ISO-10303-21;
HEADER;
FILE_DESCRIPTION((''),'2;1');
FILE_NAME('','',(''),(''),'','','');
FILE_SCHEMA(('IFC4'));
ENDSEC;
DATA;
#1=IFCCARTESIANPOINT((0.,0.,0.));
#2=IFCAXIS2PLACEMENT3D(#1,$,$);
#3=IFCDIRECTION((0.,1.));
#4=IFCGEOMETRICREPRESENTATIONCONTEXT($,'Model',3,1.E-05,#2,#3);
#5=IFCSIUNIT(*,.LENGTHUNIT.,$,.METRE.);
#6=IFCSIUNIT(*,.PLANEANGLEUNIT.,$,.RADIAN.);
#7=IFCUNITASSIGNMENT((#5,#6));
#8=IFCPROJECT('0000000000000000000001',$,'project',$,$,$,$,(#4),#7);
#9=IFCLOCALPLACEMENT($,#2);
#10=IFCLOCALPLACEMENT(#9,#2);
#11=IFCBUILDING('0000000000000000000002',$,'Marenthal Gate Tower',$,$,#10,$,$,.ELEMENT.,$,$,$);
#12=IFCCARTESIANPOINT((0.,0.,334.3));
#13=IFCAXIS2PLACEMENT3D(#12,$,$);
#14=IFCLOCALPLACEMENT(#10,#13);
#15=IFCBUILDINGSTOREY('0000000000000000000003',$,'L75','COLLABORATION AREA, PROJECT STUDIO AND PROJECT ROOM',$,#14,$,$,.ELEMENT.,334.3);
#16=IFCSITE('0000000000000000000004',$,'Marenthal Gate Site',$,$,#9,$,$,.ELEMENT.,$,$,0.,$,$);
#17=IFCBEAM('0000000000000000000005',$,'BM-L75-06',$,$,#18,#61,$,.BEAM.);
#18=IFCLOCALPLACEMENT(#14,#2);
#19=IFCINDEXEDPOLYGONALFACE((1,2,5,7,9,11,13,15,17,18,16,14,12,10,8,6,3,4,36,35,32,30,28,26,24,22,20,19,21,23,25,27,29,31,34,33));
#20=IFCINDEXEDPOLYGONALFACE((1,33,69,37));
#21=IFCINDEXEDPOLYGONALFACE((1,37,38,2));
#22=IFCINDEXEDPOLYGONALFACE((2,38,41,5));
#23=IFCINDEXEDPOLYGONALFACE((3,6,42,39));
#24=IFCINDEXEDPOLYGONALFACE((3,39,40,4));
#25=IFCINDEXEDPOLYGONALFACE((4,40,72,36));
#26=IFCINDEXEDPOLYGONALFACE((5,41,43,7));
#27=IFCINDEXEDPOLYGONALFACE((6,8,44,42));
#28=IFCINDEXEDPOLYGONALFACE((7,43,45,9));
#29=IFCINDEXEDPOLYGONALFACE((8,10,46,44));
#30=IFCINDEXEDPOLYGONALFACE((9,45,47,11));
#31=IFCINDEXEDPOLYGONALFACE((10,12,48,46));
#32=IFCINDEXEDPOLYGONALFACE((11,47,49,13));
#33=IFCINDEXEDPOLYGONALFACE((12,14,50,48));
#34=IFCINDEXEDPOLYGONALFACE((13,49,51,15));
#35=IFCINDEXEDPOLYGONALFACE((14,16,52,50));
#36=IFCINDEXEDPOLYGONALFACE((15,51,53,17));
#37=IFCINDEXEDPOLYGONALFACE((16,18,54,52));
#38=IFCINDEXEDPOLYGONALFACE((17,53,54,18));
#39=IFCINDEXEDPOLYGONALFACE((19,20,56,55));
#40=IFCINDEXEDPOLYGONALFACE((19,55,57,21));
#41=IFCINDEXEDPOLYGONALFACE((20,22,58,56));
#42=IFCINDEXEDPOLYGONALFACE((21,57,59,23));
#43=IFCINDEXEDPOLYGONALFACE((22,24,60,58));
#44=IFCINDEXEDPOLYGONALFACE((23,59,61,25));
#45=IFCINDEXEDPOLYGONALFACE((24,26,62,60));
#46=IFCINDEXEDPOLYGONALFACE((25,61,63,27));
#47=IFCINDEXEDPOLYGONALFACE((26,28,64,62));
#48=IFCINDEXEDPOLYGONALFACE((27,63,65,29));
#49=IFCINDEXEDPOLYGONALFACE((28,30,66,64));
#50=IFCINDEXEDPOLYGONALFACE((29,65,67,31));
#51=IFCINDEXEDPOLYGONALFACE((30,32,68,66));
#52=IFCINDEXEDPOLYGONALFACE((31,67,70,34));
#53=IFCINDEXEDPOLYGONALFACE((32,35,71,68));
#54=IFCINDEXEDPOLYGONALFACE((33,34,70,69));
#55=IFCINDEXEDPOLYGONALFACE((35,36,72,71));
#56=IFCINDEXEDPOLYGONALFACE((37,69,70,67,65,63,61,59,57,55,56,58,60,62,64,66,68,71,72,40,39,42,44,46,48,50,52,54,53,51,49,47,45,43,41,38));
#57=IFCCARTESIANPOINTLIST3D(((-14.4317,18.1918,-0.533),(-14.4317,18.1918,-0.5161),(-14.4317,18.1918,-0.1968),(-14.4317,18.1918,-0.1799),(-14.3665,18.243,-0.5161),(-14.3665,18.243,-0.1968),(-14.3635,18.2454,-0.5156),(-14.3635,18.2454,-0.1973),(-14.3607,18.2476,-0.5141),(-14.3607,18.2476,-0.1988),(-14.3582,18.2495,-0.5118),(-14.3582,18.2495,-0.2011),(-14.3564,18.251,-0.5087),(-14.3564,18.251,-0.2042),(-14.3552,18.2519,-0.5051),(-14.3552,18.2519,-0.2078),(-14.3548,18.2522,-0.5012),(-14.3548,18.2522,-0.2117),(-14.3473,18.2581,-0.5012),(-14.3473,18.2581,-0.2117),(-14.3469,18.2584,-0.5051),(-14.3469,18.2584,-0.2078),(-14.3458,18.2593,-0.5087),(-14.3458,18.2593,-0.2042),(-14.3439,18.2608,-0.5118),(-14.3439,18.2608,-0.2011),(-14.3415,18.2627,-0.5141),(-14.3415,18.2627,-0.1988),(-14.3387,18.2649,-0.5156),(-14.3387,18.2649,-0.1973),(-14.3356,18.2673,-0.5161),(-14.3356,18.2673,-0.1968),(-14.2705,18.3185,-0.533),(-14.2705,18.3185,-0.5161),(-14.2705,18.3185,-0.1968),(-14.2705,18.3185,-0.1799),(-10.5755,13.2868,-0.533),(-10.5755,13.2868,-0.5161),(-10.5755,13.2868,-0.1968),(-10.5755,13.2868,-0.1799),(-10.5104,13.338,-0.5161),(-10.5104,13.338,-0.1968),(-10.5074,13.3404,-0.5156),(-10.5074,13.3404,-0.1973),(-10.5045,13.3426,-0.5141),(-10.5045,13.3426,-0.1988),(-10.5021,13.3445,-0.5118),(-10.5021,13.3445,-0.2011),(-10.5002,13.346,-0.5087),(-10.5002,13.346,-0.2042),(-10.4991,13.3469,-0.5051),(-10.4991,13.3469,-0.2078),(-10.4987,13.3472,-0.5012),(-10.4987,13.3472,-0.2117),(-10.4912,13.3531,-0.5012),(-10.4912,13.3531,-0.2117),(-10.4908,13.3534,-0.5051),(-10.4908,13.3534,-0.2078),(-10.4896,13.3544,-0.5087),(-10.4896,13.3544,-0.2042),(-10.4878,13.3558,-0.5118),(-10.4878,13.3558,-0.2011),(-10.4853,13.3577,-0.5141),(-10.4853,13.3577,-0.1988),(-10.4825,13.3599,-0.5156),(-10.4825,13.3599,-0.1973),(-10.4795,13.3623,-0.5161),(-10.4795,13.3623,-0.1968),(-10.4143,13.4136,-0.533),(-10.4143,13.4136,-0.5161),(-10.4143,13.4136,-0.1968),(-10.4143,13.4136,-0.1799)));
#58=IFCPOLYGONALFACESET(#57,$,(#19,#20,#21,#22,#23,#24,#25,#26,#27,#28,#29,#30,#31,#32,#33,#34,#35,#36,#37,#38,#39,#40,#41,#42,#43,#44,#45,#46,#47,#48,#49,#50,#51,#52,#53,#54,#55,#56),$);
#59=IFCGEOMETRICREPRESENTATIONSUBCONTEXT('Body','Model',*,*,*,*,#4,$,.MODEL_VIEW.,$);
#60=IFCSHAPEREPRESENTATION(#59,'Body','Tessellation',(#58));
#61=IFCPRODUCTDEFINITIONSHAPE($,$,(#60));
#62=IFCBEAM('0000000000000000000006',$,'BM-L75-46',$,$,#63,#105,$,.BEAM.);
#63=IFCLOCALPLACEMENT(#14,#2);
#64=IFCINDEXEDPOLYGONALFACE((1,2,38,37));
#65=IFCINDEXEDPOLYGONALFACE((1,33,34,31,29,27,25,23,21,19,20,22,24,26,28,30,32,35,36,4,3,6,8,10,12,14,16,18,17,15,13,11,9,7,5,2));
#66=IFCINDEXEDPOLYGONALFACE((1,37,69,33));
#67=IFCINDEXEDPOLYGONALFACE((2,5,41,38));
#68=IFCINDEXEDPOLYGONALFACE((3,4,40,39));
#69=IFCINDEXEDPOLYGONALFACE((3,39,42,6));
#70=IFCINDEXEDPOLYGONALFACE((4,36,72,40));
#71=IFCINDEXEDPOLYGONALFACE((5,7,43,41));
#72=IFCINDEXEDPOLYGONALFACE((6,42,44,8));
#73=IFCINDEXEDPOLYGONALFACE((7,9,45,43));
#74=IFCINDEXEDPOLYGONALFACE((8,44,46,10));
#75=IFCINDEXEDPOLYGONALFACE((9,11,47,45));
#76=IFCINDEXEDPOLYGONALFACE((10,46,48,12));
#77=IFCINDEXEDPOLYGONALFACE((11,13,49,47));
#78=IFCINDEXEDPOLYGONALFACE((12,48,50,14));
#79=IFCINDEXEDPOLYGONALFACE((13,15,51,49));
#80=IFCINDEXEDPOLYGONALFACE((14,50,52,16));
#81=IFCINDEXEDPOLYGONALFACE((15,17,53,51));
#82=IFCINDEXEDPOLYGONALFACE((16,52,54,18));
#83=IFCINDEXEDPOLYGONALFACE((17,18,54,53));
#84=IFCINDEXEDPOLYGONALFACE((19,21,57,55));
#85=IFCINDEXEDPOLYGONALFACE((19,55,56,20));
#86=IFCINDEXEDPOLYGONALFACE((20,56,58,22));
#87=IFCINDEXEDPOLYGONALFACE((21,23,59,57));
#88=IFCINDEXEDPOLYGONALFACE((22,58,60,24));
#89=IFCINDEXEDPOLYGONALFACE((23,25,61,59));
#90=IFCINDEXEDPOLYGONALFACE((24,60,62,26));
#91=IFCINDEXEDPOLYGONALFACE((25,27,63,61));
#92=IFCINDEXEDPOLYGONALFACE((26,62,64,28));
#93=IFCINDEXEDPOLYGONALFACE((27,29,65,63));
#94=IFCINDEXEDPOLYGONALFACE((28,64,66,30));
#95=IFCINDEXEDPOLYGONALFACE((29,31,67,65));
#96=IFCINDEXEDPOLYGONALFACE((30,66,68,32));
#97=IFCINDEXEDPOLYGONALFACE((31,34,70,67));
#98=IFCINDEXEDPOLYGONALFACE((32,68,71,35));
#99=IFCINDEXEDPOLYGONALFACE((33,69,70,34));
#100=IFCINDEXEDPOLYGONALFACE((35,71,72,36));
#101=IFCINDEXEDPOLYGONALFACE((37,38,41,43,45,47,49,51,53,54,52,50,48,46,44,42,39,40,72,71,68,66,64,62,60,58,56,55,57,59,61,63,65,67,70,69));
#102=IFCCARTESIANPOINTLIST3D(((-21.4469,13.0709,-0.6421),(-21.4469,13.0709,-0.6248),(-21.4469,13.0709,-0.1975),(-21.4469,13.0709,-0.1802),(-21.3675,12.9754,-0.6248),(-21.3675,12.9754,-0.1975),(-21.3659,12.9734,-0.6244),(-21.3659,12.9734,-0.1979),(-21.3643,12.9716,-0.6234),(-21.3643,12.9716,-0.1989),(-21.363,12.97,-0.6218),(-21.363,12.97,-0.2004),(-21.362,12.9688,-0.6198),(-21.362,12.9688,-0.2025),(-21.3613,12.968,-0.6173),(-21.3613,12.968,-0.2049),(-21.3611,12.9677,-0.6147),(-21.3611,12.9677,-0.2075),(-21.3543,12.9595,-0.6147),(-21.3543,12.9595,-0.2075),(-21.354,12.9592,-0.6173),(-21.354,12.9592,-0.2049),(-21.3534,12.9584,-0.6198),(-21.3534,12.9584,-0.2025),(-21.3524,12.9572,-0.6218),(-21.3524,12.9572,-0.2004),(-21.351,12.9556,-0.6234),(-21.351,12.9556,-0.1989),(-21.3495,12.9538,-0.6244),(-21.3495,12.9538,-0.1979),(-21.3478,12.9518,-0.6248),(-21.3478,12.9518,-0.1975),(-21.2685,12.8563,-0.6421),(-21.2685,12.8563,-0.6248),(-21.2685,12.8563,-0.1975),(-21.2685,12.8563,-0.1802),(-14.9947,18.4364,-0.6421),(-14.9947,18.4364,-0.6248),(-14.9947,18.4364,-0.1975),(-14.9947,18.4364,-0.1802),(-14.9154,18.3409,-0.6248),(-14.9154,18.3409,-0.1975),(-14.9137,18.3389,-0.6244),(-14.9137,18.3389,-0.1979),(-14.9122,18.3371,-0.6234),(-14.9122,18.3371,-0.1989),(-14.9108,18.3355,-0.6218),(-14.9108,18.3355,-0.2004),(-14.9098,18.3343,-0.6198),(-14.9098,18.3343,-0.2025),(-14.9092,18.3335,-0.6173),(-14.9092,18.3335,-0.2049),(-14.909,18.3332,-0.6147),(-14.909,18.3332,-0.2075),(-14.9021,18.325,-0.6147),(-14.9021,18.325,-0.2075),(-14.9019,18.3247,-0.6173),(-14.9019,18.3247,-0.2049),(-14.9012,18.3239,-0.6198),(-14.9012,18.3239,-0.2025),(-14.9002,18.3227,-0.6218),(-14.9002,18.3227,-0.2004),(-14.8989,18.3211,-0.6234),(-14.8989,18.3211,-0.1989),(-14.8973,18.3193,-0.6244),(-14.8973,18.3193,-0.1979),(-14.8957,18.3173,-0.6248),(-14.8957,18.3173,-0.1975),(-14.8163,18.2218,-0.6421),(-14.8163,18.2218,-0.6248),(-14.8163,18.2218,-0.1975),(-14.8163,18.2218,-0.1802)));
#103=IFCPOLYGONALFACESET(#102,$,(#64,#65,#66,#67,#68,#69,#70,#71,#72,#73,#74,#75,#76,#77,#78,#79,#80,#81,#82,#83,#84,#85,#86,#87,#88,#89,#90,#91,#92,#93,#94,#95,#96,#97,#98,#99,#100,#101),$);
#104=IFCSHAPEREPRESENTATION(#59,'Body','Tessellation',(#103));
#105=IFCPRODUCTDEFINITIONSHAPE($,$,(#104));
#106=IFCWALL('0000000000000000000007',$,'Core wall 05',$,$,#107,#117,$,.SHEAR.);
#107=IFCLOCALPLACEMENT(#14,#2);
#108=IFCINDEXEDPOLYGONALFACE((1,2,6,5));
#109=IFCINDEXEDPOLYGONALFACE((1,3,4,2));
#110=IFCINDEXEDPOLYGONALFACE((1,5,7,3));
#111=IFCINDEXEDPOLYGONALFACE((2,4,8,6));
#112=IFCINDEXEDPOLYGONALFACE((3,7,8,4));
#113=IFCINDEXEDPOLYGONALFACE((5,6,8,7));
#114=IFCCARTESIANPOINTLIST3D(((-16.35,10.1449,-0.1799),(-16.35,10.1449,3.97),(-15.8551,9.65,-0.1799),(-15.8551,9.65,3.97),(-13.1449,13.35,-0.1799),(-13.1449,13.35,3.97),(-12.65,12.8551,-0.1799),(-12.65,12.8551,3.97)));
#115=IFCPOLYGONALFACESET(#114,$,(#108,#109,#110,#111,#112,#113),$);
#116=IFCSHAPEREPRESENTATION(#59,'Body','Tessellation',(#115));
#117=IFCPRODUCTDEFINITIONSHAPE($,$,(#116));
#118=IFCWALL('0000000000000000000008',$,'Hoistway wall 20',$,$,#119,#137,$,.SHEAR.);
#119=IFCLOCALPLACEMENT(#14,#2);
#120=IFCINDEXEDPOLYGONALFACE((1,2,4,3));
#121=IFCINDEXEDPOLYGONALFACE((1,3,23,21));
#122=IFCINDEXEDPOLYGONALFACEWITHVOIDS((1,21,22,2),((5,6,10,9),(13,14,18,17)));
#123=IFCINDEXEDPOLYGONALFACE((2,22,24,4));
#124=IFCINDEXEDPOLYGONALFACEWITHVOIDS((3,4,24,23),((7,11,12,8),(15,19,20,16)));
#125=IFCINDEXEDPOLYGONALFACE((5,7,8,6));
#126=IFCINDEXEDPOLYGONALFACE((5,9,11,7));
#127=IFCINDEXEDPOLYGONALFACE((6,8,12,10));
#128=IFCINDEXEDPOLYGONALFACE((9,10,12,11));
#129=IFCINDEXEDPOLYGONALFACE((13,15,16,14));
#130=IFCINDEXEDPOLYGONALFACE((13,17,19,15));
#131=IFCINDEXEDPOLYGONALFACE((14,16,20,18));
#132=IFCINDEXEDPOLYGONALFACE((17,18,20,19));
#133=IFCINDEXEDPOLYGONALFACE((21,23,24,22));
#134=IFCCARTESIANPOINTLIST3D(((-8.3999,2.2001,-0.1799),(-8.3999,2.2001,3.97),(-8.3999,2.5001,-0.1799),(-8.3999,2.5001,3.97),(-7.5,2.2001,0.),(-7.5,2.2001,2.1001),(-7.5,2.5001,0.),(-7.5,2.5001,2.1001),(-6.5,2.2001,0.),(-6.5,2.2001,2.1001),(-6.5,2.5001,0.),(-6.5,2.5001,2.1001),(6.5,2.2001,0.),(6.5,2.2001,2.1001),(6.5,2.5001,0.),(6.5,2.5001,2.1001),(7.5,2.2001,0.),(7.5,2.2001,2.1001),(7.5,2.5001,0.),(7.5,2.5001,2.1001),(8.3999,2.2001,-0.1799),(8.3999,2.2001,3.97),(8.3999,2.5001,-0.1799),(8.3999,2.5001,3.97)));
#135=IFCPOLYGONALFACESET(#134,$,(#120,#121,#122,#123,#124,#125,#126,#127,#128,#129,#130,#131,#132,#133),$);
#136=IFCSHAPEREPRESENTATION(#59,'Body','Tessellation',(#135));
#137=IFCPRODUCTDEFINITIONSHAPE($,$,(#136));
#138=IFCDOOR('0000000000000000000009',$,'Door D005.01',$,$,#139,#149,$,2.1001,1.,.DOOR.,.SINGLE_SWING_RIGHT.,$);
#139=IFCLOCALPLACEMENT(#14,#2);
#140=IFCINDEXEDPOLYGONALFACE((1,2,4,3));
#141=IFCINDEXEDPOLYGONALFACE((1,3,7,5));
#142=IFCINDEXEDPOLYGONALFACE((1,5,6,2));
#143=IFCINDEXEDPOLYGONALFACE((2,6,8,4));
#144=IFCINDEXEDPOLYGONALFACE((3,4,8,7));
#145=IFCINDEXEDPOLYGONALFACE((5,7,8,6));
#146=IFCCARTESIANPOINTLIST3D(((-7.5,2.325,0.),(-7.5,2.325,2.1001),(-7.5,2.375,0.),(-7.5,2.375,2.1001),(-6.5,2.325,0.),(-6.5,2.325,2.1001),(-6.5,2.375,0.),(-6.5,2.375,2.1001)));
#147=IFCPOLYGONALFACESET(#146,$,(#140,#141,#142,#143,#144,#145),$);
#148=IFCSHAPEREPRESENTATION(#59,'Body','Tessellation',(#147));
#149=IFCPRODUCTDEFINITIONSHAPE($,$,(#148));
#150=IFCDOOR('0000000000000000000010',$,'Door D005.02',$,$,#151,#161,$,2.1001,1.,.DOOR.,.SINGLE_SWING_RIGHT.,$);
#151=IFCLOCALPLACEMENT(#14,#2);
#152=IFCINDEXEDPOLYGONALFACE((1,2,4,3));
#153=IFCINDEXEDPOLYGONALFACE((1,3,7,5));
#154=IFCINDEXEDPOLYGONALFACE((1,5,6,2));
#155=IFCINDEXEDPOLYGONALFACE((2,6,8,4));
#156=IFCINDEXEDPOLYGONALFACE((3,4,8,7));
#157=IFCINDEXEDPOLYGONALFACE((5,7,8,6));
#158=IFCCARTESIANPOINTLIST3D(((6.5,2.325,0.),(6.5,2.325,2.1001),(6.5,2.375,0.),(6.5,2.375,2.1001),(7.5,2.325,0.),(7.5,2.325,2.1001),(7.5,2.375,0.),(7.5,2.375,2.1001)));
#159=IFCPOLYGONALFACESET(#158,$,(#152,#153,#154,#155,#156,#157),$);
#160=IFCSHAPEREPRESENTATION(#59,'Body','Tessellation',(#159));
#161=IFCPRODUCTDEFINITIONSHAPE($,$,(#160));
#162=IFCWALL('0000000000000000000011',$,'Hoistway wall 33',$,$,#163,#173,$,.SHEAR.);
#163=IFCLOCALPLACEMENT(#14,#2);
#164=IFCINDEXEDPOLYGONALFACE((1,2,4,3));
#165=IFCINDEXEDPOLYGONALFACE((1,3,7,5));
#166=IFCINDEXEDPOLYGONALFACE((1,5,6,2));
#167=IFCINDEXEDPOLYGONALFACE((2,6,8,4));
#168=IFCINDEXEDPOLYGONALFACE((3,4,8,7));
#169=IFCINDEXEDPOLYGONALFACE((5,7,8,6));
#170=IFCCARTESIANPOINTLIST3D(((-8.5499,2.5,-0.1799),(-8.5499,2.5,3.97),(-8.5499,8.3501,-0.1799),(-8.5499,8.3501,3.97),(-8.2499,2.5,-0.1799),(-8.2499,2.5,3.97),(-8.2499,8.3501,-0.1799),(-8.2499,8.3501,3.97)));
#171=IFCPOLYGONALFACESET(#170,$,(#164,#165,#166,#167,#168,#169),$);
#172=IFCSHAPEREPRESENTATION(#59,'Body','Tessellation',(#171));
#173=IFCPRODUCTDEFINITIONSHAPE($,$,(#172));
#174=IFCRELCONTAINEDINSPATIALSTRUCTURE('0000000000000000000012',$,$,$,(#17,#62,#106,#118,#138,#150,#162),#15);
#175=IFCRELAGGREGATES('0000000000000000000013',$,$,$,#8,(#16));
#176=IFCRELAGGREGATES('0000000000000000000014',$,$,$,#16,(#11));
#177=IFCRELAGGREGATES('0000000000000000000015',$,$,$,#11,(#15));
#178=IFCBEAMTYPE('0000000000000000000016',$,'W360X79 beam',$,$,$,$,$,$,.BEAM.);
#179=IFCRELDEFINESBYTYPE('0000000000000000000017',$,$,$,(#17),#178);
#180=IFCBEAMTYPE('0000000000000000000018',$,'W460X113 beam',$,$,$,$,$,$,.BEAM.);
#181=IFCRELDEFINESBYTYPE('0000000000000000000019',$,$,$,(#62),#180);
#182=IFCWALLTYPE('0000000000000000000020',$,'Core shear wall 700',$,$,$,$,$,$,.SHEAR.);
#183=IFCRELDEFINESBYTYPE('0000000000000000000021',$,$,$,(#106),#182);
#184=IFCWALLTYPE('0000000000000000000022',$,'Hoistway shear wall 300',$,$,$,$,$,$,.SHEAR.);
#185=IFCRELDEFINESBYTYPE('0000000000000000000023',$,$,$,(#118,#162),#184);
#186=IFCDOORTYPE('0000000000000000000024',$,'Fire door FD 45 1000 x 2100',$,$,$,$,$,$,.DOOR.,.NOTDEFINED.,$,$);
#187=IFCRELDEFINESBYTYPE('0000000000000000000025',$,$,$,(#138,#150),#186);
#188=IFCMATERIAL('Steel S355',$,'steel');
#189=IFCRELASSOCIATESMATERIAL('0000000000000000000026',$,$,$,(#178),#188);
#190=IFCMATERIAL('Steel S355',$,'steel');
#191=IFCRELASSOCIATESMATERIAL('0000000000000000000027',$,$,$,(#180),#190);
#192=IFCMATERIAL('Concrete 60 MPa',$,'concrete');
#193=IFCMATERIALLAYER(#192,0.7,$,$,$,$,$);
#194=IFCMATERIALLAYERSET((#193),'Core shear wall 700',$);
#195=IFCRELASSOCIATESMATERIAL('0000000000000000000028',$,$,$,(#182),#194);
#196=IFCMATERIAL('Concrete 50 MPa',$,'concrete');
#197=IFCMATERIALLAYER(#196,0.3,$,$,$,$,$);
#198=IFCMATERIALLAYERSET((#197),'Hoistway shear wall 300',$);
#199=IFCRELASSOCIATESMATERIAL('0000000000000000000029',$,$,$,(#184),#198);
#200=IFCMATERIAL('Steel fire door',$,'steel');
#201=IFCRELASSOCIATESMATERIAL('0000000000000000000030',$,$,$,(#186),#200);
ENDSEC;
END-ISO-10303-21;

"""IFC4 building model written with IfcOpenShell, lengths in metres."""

from ifc_helpers import new_model, si_unit, direction, frame, frame_2d, origin, origin_2d, place, context, subcontext, project, spatial, rectangle, i_section, extrude, material, layer, layer_set, material_profile, profile_set, type_object, element, fill, save


model = new_model("IFC4")

# Units and contexts
model_context = context("Model", 3, precision=1e-05, world=origin(), true_north=direction((0.0, 1.0)))
body_context = subcontext(model_context, "Body", "Model", "MODEL_VIEW")
ifc_project = project(units=[si_unit("LENGTHUNIT", "METRE"), si_unit("PLANEANGLEUNIT", "RADIAN")], contexts=[model_context])

# Site, building, storey
site_placement = place(None, origin())
site = spatial("IfcSite", under=ifc_project, at=site_placement, Name="Marenthal Gate Site", CompositionType="ELEMENT", RefElevation=0.0)
building_placement = place(site_placement, origin())
building = spatial("IfcBuilding", under=site, at=building_placement, Name="Marenthal Gate Tower", CompositionType="ELEMENT")
storey_placement = place(building_placement, frame((0.0, 0.0, 334.3)))
storey = spatial("IfcBuildingStorey", under=building, at=storey_placement, Name="L75", Description="COLLABORATION AREA, PROJECT STUDIO AND PROJECT ROOM", CompositionType="ELEMENT", Elevation=334.3)

# Beams
ifc_material_1 = material(Name="Steel S355", Category="steel")
ifc_material_profile_1 = material_profile(ifc_material_1, i_section(OverallWidth=0.2051, OverallDepth=0.353, WebThickness=0.0095, FlangeThickness=0.0168, FilletRadius=0.0149, at=origin_2d()), Name="W360X79")
ifc_profile_set_1 = profile_set([ifc_material_profile_1], Name="Steel S355")
beam_type_1 = type_object("IfcBeamType", Name="W360X79 beam", PredefinedType="BEAM", material=ifc_profile_set_1)
beam_1_placement = place(storey_placement, frame((-14.3511, 18.2551, -0.3564), z_axis=(0.618044, -0.786143, 0.0), x_axis=(0.786143, 0.618044, 0.0)))
element("IfcBeam", 1, at=beam_1_placement, inside=storey, type_object=beam_type_1, Name="BM-L75-06", PredefinedType="BEAM", context=body_context, shape_type="SweptSolid", body=[
    extrude(i_section(OverallWidth=0.2051, OverallDepth=0.353, WebThickness=0.0095, FlangeThickness=0.0168, FilletRadius=0.0149, at=origin_2d()), origin(), (0.0, 0.0, 1.0), 6.2393),
])
ifc_material_2 = material(Name="Steel S355", Category="steel")
ifc_material_profile_2 = material_profile(ifc_material_2, i_section(OverallWidth=0.2791, OverallDepth=0.4619, WebThickness=0.0107, FlangeThickness=0.0173, FilletRadius=0.01, at=origin_2d()), Name="W460X113")
ifc_profile_set_2 = profile_set([ifc_material_profile_2], Name="Steel S355")
beam_type_2 = type_object("IfcBeamType", Name="W460X113 beam", PredefinedType="BEAM", material=ifc_profile_set_2)
beam_2_placement = place(storey_placement, frame((-14.9055, 18.3291, -0.4111), z_axis=(-0.768884, -0.639389, 0.0), x_axis=(0.639389, -0.768884, 0.0)))
element("IfcBeam", 2, at=beam_2_placement, inside=storey, type_object=beam_type_2, Name="BM-L75-46", PredefinedType="BEAM", context=body_context, shape_type="SweptSolid", body=[
    extrude(i_section(OverallWidth=0.2791, OverallDepth=0.4619, WebThickness=0.0107, FlangeThickness=0.0173, FilletRadius=0.01, at=origin_2d()), origin(), (0.0, 0.0, 1.0), 8.3916),
])

# Wall
ifc_material_3 = material(Name="Concrete 60 MPa", Category="concrete")
ifc_layer_1 = layer(ifc_material_3, 0.7)
ifc_layer_set_1 = layer_set([ifc_layer_1], Name="Core shear wall 700")
wall_type_1 = type_object("IfcWallType", Name="Core shear wall 700", PredefinedType="SHEAR", material=ifc_layer_set_1)
wall_1_placement = place(storey_placement, frame((-12.8975, 13.1025, -0.1799), z_axis=(0.0, 0.0, 1.0), x_axis=(-0.707107, -0.707107, 0.0)))
element("IfcWall", 3, at=wall_1_placement, inside=storey, type_object=wall_type_1, Name="Core wall 05", PredefinedType="SHEAR", context=body_context, shape_type="SweptSolid", body=[
    extrude(rectangle(XDim=4.5327, YDim=0.7, at=frame_2d((2.2664, 0.0))), origin(), (0.0, 0.0, 1.0), 4.1499),
])

# Wall, openings, doors
ifc_material_4 = material(Name="Concrete 50 MPa", Category="concrete")
ifc_layer_2 = layer(ifc_material_4, 0.3)
ifc_layer_set_2 = layer_set([ifc_layer_2], Name="Hoistway shear wall 300")
wall_type_2 = type_object("IfcWallType", Name="Hoistway shear wall 300", PredefinedType="SHEAR", material=ifc_layer_set_2)
wall_2_placement = place(storey_placement, frame((-8.3999, 2.3501, -0.1799), z_axis=(0.0, 0.0, 1.0), x_axis=(1.0, 0.0, 0.0)))
wall_2 = element("IfcWall", 4, at=wall_2_placement, inside=storey, type_object=wall_type_2, Name="Hoistway wall 20", PredefinedType="SHEAR", context=body_context, shape_type="SweptSolid", body=[
    extrude(rectangle(XDim=16.7998, YDim=0.3, at=frame_2d((8.3999, 0.0))), origin(), (0.0, 0.0, 1.0), 4.1499),
])
opening_1_placement = place(wall_2_placement, frame((0.8999, 0.0, 0.1799)))
opening_1 = element("IfcOpeningElement", 5, at=opening_1_placement, cuts=wall_2, PredefinedType="OPENING", context=body_context, shape_type="SweptSolid", body=[
    extrude(rectangle(XDim=1.0, YDim=2.1001, at=frame_2d((0.5, 1.05))), frame((0.0, 0.1602, 0.0), z_axis=(0.0, -1.0, 0.0), x_axis=(1.0, 0.0, 0.0)), (0.0, 0.0, 1.0), 0.3201),
])
opening_2_placement = place(wall_2_placement, frame((14.8999, 0.0, 0.1799)))
opening_2 = element("IfcOpeningElement", 6, at=opening_2_placement, cuts=wall_2, PredefinedType="OPENING", context=body_context, shape_type="SweptSolid", body=[
    extrude(rectangle(XDim=1.0, YDim=2.1001, at=frame_2d((0.5, 1.05))), frame((0.0, 0.1602, 0.0), z_axis=(0.0, -1.0, 0.0), x_axis=(1.0, 0.0, 0.0)), (0.0, 0.0, 1.0), 0.3201),
])
ifc_material_5 = material(Name="Steel fire door", Category="steel")
door_type_1 = type_object("IfcDoorType", Name="Fire door FD 45 1000 x 2100", OperationType="NOTDEFINED", PredefinedType="DOOR", material=ifc_material_5)
door_1_placement = place(opening_1_placement, origin())
door_1 = element("IfcDoor", 7, at=door_1_placement, inside=storey, type_object=door_type_1, Name="Door D005.01", OperationType="SINGLE_SWING_RIGHT", OverallHeight=2.1001, OverallWidth=1.0, PredefinedType="DOOR", context=body_context, shape_type="SweptSolid", body=[
    extrude(rectangle(XDim=1.0, YDim=2.1001, at=frame_2d((0.5, 1.05))), frame((0.0, 0.0249, 0.0), z_axis=(0.0, -1.0, 0.0), x_axis=(1.0, 0.0, 0.0)), (0.0, 0.0, 1.0), 0.05),
])
fill(opening_1, door_1)
door_2_placement = place(opening_2_placement, origin())
door_2 = element("IfcDoor", 8, at=door_2_placement, inside=storey, type_object=door_type_1, Name="Door D005.02", OperationType="SINGLE_SWING_RIGHT", OverallHeight=2.1001, OverallWidth=1.0, PredefinedType="DOOR", context=body_context, shape_type="SweptSolid", body=[
    extrude(rectangle(XDim=1.0, YDim=2.1001, at=frame_2d((0.5, 1.05))), frame((0.0, 0.0249, 0.0), z_axis=(0.0, -1.0, 0.0), x_axis=(1.0, 0.0, 0.0)), (0.0, 0.0, 1.0), 0.05),
])
fill(opening_2, door_2)

# Wall
wall_3_placement = place(storey_placement, frame((-8.3999, 2.5, -0.1799), z_axis=(0.0, 0.0, 1.0), x_axis=(0.0, 1.0, 0.0)))
element("IfcWall", 9, at=wall_3_placement, inside=storey, type_object=wall_type_2, Name="Hoistway wall 33", PredefinedType="SHEAR", context=body_context, shape_type="SweptSolid", body=[
    extrude(rectangle(XDim=5.8501, YDim=0.3, at=frame_2d((2.925, 0.0))), origin(), (0.0, 0.0, 1.0), 4.1499),
])

save(model, "model.ifc")
